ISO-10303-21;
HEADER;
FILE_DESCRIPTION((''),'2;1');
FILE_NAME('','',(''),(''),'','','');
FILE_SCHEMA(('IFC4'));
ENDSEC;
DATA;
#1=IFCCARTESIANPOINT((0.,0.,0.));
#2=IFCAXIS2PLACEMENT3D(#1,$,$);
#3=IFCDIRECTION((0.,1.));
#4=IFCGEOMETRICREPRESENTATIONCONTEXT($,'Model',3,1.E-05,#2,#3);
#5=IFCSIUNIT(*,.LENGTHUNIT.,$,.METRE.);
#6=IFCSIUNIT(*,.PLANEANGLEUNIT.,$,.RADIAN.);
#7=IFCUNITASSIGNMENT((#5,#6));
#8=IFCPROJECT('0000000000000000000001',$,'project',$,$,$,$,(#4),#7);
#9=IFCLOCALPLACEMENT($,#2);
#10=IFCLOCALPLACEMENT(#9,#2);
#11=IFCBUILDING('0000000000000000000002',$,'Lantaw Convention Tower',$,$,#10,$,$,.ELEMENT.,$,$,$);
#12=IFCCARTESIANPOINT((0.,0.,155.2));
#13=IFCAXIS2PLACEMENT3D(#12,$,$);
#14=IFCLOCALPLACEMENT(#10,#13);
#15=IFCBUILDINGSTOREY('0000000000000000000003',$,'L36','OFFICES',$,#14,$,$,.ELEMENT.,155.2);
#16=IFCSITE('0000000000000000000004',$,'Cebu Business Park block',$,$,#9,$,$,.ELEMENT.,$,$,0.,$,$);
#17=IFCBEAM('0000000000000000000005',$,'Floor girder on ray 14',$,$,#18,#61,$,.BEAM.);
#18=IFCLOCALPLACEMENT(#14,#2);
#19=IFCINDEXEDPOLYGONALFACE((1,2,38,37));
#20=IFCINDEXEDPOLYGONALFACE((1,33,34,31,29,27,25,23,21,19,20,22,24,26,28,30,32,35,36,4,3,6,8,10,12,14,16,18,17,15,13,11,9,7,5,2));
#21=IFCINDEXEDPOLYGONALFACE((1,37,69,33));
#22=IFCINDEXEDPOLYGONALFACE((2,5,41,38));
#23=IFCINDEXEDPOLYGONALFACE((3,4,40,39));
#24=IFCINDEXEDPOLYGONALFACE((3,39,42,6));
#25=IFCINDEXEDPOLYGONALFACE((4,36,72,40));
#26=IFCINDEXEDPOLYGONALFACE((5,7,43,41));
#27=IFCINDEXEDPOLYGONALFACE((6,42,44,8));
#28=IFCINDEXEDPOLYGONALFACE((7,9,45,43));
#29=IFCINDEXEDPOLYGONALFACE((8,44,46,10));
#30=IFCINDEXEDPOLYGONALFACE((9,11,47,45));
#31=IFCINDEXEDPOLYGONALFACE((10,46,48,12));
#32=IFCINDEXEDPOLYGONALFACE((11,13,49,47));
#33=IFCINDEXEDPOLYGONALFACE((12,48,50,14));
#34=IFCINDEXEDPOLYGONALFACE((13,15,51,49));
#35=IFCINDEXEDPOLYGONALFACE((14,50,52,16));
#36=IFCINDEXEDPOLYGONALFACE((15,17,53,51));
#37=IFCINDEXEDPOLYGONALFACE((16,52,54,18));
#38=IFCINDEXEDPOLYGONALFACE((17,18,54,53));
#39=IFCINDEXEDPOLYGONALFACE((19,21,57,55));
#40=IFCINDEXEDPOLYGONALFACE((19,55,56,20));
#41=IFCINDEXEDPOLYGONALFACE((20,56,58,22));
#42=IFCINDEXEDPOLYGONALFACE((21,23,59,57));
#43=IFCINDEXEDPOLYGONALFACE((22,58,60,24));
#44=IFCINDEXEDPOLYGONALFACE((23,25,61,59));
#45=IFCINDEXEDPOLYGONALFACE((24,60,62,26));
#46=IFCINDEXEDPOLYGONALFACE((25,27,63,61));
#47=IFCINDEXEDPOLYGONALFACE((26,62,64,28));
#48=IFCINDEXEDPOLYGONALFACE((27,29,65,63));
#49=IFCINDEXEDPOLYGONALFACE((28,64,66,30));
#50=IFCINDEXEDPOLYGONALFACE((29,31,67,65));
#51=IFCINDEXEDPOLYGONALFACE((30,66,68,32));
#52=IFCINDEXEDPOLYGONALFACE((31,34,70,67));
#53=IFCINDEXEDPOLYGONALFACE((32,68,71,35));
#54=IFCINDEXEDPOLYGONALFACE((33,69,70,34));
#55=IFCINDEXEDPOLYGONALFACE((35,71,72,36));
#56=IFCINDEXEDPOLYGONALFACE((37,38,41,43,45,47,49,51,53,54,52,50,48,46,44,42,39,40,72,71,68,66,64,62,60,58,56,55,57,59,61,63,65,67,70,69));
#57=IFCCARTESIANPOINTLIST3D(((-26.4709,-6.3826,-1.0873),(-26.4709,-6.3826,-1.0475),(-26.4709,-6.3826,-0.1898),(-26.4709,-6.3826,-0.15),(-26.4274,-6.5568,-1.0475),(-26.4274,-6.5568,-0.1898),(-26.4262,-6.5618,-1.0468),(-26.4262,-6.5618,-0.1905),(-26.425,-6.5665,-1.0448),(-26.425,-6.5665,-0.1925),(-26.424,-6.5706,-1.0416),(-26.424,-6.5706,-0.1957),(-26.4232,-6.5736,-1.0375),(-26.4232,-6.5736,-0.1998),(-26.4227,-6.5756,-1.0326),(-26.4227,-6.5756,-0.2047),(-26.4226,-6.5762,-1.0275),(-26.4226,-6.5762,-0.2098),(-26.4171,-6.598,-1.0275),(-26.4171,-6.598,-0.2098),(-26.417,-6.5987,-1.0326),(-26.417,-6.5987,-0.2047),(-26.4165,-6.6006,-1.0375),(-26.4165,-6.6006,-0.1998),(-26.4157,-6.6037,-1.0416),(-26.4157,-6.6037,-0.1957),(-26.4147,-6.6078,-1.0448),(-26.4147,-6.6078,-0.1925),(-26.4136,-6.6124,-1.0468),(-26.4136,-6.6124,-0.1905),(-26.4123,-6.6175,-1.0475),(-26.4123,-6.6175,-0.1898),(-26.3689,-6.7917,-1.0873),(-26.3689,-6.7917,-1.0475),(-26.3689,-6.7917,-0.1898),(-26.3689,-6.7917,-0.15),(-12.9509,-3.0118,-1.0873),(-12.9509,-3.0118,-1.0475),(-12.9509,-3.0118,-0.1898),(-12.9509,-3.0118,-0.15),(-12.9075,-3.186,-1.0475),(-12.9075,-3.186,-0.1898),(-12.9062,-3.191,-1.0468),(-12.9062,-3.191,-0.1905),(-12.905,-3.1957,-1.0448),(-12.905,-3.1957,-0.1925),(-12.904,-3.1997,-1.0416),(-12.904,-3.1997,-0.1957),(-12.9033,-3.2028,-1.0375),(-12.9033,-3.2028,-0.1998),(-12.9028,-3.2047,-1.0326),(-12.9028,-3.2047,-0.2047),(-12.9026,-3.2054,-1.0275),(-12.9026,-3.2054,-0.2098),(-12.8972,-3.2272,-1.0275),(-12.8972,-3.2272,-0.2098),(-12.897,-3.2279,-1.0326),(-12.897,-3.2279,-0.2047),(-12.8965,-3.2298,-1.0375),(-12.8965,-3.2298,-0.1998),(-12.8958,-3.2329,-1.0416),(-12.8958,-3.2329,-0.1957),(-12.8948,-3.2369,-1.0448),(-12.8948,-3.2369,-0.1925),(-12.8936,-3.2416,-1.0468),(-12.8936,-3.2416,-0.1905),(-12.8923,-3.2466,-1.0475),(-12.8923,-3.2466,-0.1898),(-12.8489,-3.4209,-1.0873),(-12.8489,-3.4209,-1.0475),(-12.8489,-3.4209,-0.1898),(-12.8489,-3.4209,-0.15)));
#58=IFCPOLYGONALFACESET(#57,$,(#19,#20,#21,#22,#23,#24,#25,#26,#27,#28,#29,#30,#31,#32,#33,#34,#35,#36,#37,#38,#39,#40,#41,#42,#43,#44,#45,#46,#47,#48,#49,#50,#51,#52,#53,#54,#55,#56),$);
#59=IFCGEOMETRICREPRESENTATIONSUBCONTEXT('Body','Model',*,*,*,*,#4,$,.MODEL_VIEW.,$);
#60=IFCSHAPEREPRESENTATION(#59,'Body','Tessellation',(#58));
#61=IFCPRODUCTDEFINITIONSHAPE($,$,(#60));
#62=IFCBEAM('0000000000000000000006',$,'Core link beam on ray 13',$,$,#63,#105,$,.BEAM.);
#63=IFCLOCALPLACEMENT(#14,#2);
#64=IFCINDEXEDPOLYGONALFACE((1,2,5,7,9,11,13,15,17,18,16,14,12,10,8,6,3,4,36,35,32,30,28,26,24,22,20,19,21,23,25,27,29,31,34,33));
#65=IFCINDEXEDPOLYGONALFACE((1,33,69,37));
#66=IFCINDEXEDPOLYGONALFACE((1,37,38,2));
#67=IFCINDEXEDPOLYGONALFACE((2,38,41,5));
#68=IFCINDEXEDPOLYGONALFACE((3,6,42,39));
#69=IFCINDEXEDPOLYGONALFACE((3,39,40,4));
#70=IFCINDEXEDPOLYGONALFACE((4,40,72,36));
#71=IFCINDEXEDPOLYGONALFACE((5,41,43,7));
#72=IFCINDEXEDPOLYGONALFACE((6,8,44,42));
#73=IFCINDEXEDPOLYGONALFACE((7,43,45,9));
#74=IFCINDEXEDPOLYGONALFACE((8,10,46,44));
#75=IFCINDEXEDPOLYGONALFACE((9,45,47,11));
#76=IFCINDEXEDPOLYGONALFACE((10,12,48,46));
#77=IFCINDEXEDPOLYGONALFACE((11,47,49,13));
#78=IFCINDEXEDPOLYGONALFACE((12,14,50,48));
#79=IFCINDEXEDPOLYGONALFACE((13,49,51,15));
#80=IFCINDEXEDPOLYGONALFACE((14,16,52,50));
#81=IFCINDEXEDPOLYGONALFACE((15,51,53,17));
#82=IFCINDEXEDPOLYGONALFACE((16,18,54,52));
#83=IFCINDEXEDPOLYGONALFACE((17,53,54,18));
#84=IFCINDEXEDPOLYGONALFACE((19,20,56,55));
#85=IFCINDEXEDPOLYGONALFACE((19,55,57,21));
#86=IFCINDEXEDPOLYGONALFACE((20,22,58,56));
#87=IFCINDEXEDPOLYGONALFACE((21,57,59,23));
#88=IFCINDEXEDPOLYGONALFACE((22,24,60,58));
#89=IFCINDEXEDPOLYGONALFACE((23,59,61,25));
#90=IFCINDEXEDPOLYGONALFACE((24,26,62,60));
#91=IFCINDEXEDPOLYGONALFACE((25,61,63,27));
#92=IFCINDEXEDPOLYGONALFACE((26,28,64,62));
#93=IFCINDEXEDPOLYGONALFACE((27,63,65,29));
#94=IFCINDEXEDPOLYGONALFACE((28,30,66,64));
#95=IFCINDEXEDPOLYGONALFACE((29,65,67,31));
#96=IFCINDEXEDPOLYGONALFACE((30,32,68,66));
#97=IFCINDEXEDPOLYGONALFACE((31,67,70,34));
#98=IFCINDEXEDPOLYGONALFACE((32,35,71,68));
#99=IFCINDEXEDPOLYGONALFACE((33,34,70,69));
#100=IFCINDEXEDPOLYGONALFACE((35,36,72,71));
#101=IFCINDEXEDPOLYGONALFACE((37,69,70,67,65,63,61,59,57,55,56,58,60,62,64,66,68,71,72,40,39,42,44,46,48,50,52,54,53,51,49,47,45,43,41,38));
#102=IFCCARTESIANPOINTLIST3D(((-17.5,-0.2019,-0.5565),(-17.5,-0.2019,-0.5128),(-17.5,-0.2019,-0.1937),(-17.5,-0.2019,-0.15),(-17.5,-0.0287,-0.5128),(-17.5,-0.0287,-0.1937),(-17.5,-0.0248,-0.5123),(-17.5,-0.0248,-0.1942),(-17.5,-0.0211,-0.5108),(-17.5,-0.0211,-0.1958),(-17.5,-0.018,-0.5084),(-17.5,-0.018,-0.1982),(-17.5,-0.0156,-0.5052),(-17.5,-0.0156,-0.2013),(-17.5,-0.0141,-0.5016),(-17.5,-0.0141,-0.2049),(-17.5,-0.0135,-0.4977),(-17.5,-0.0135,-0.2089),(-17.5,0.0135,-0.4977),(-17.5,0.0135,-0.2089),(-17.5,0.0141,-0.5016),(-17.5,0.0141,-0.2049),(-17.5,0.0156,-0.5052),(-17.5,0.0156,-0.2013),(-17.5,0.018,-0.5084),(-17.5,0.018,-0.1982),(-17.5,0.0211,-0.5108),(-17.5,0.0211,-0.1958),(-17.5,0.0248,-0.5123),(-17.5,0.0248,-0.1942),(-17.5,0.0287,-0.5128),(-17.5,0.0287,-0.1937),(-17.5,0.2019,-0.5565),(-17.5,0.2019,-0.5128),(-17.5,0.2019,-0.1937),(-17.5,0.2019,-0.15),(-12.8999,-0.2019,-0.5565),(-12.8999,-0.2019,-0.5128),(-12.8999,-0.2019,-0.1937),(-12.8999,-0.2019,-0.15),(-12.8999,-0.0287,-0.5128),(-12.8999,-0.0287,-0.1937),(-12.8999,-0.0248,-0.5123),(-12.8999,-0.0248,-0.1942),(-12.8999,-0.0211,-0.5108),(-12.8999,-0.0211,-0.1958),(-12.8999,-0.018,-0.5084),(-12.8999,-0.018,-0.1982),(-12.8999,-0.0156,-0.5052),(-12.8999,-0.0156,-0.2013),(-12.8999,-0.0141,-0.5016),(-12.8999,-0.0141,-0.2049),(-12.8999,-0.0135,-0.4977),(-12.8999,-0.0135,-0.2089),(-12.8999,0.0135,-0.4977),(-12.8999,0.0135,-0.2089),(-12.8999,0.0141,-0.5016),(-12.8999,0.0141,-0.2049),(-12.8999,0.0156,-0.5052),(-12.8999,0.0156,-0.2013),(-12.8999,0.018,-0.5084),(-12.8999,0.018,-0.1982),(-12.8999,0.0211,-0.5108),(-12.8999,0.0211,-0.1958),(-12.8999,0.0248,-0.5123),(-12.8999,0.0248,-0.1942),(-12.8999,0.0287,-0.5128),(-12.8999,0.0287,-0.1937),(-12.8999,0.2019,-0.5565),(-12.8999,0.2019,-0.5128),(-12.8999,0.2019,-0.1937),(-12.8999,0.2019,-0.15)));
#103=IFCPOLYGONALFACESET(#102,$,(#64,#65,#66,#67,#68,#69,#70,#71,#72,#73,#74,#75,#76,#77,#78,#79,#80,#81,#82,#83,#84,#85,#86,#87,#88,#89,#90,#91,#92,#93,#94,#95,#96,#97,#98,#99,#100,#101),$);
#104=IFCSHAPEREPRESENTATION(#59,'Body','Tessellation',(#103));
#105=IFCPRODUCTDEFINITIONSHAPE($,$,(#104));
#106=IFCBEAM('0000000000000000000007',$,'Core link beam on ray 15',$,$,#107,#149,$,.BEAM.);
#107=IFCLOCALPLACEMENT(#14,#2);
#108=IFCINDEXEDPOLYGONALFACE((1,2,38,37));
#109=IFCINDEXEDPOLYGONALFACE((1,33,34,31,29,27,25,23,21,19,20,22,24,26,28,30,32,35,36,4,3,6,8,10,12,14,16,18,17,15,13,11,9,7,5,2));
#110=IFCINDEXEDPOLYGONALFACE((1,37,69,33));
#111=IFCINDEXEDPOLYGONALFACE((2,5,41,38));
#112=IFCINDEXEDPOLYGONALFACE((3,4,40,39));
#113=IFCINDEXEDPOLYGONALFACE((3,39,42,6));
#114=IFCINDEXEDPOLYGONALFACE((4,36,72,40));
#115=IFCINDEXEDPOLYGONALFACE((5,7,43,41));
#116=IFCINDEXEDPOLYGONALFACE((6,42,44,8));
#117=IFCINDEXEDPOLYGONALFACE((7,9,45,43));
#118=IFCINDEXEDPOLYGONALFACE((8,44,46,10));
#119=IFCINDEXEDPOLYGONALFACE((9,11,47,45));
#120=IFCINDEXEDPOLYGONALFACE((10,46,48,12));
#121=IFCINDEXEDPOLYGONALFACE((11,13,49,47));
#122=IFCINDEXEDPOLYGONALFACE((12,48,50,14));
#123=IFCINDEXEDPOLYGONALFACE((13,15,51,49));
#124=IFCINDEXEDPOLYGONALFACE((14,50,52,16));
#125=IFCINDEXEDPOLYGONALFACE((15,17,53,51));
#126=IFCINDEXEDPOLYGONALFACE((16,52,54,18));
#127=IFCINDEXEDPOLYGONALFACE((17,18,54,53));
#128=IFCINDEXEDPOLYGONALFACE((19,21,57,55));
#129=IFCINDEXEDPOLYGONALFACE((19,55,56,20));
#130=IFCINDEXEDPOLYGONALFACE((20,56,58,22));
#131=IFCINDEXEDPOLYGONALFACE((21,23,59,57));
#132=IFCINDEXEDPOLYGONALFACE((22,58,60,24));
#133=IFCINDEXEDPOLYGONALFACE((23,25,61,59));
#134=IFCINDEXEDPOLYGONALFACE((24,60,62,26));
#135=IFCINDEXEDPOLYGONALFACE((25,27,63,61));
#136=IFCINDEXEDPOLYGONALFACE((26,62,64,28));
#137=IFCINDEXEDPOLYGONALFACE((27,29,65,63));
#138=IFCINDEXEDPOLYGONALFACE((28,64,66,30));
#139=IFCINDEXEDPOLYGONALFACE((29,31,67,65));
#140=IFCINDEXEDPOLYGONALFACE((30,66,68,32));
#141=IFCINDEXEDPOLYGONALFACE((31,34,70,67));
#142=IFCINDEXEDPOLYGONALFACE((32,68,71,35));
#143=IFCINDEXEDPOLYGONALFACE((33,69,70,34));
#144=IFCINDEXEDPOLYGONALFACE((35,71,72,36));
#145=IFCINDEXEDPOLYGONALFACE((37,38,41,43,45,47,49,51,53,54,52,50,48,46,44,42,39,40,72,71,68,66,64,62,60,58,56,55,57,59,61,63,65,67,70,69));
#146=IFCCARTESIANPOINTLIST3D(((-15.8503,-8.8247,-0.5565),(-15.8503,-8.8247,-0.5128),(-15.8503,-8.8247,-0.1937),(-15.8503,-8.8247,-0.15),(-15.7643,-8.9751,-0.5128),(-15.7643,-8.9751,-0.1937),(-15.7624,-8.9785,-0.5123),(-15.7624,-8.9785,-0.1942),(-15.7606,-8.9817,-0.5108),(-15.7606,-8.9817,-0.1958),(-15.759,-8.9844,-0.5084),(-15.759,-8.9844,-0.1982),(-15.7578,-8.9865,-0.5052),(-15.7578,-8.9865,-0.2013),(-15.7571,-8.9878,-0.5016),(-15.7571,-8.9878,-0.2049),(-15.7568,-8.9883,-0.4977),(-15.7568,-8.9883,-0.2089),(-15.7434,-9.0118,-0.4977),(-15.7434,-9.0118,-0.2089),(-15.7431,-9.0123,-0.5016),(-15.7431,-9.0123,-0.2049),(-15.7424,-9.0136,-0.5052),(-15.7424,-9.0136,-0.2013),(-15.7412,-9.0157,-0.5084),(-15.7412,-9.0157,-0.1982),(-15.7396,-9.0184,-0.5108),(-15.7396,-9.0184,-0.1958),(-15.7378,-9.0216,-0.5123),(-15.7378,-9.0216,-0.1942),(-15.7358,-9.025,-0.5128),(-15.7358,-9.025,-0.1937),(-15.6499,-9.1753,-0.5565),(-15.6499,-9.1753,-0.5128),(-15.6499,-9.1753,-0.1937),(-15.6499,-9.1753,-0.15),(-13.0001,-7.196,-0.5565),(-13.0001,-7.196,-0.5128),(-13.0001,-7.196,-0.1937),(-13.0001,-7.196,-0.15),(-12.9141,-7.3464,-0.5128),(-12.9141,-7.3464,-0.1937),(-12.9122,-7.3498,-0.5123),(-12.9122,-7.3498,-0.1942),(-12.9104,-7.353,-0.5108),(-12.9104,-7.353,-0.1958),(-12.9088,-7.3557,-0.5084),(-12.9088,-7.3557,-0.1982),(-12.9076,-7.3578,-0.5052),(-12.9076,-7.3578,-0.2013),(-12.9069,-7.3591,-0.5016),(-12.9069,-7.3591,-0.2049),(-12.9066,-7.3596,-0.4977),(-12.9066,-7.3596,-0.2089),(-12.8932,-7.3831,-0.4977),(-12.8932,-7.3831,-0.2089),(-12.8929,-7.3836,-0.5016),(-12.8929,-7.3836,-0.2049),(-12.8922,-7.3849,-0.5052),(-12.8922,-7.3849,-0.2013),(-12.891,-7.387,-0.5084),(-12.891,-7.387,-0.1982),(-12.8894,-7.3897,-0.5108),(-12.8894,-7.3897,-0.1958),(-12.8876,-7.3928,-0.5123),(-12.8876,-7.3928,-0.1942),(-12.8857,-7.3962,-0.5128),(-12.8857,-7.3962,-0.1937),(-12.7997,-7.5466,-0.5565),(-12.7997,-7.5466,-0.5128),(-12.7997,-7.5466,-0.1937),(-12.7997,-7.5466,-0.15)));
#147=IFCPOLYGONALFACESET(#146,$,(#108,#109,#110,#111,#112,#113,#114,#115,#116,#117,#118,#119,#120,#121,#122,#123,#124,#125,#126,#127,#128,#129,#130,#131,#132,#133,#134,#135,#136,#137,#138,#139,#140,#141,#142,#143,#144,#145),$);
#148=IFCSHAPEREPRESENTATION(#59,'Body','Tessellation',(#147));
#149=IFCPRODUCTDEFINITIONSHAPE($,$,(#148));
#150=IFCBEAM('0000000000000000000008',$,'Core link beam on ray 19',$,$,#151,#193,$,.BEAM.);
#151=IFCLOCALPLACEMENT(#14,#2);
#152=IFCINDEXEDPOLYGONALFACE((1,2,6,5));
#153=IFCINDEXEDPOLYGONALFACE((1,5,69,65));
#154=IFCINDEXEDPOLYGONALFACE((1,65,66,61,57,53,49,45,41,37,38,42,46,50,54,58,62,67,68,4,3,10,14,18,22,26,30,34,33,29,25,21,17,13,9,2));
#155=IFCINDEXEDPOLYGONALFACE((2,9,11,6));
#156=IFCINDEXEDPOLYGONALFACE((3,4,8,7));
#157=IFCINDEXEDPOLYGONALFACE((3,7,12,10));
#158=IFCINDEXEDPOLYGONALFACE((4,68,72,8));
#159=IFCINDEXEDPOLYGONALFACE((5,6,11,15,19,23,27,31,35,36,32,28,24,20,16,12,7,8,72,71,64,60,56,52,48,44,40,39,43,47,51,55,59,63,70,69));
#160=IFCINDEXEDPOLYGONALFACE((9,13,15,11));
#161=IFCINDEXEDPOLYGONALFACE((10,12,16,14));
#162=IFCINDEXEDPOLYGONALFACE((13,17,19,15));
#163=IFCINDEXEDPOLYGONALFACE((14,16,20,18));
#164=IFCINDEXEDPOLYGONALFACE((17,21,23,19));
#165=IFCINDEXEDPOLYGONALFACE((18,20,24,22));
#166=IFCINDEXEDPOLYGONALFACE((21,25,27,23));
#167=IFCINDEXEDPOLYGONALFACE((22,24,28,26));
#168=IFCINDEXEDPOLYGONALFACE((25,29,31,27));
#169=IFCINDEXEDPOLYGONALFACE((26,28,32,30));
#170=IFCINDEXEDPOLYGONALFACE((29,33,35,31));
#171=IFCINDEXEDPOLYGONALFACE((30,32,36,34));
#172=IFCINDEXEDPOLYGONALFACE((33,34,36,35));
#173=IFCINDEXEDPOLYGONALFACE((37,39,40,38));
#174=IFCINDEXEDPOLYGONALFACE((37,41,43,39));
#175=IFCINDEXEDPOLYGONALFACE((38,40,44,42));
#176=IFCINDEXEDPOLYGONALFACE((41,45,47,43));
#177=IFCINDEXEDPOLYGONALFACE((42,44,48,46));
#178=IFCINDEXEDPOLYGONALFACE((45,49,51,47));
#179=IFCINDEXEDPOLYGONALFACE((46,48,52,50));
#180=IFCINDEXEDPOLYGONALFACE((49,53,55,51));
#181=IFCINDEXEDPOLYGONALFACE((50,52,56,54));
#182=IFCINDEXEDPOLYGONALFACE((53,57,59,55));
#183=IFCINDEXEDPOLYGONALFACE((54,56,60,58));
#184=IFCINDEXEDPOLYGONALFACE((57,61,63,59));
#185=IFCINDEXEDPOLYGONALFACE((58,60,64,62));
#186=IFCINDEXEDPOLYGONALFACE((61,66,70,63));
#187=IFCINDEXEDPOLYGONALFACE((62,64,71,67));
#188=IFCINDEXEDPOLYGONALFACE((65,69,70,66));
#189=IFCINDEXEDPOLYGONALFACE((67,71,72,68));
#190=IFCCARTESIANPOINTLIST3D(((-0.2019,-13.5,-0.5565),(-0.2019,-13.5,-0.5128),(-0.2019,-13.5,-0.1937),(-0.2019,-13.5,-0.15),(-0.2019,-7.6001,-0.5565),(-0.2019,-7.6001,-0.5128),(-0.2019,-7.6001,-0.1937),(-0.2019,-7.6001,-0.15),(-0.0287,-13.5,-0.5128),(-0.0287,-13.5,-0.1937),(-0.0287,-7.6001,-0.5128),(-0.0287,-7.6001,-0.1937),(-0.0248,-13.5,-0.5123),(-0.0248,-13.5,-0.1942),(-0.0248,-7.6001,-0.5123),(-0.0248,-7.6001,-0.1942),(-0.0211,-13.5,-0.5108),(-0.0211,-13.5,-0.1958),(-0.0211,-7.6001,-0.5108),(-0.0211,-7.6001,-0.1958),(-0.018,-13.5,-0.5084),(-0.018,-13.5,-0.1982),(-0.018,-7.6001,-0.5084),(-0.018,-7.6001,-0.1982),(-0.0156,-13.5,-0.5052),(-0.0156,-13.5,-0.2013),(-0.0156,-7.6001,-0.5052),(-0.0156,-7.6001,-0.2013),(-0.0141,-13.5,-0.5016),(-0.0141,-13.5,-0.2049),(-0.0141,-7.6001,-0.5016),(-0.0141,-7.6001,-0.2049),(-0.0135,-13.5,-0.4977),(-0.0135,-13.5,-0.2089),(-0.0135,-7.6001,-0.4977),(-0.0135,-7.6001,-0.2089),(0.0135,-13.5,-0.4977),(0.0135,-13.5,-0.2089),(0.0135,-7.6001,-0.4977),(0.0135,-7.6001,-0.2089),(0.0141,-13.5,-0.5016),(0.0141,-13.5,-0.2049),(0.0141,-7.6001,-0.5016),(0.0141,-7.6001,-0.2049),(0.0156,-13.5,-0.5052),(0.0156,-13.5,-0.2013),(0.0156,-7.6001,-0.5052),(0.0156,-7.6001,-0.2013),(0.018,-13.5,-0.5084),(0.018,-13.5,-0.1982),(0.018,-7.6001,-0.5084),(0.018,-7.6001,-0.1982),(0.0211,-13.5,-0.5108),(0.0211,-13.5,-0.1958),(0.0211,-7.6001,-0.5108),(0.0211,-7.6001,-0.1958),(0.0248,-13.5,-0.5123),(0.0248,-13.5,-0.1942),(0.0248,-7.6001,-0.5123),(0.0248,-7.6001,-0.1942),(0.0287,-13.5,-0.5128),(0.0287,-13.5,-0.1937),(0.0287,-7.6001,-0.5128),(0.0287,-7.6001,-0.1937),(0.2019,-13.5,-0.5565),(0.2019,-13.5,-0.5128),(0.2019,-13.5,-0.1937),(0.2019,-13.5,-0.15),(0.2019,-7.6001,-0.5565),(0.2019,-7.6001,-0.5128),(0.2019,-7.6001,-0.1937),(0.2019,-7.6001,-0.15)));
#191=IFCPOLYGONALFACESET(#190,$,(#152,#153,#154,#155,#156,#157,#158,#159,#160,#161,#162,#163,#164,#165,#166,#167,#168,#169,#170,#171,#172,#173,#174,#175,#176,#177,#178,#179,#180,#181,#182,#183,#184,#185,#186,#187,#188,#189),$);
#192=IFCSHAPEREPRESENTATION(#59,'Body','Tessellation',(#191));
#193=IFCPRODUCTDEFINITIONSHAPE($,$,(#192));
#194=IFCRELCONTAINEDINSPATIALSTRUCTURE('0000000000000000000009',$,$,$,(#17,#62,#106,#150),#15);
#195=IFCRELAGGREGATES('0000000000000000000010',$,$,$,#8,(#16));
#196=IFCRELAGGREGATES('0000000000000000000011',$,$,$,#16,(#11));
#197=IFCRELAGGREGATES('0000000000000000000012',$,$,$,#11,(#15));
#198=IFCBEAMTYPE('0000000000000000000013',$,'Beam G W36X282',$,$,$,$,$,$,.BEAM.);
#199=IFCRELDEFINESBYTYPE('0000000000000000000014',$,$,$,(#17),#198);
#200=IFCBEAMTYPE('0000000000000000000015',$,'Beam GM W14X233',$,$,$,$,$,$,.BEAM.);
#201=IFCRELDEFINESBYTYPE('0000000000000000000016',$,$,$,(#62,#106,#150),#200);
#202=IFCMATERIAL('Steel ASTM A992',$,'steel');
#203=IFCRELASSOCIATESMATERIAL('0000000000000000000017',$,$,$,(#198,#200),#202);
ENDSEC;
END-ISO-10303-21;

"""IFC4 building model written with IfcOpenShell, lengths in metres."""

from ifc_helpers import new_model, si_unit, direction, frame, origin, origin_2d, place, context, subcontext, project, spatial, i_section, extrude, material, material_profile, profile_set, type_object, element, save


model = new_model("IFC4")

# Units and contexts
model_context = context("Model", 3, precision=1e-05, world=origin(), true_north=direction((0.0, 1.0)))
body_context = subcontext(model_context, "Body", "Model", "MODEL_VIEW")
ifc_project = project(units=[si_unit("LENGTHUNIT", "METRE"), si_unit("PLANEANGLEUNIT", "RADIAN")], contexts=[model_context])

# Site, building, storey
site_placement = place(None, origin())
site = spatial("IfcSite", under=ifc_project, at=site_placement, Name="Cebu Business Park block", CompositionType="ELEMENT", RefElevation=0.0)
building_placement = place(site_placement, origin())
building = spatial("IfcBuilding", under=site, at=building_placement, Name="Lantaw Convention Tower", CompositionType="ELEMENT")
storey_placement = place(building_placement, frame((0.0, 0.0, 155.2)))
storey = spatial("IfcBuildingStorey", under=building, at=storey_placement, Name="L36", Description="OFFICES", CompositionType="ELEMENT", Elevation=155.2)

# Beams
ifc_material_1 = material(Name="Steel ASTM A992", Category="steel")
ifc_material_profile_1 = material_profile(ifc_material_1, i_section(OverallWidth=0.4216, OverallDepth=0.9373, WebThickness=0.0225, FlangeThickness=0.0398, FilletRadius=0.02, at=origin_2d()), Name="W36X282")
ifc_profile_set_1 = profile_set([ifc_material_profile_1], Name="Steel ASTM A992")
beam_type_1 = type_object("IfcBeamType", Name="Beam G W36X282", PredefinedType="BEAM", material=ifc_profile_set_1)
beam_1_placement = place(storey_placement, frame((-12.8999, -3.2163, -0.6187), z_axis=(-0.970297, -0.241917, 0.0), x_axis=(0.241917, -0.970297, 0.0)))
element("IfcBeam", 1, at=beam_1_placement, inside=storey, type_object=beam_type_1, Name="Floor girder on ray 14", PredefinedType="BEAM", context=body_context, shape_type="SweptSolid", body=[
    extrude(i_section(OverallWidth=0.4216, OverallDepth=0.9373, WebThickness=0.0225, FlangeThickness=0.0398, FilletRadius=0.02, at=origin_2d()), origin(), (0.0, 0.0, 1.0), 13.9338),
])
ifc_material_profile_2 = material_profile(ifc_material_1, i_section(OverallWidth=0.4038, OverallDepth=0.4065, WebThickness=0.0271, FlangeThickness=0.0437, FilletRadius=0.0151, at=origin_2d()), Name="W14X233")
ifc_profile_set_2 = profile_set([ifc_material_profile_2], Name="Steel ASTM A992")
beam_type_2 = type_object("IfcBeamType", Name="Beam GM W14X233", PredefinedType="BEAM", material=ifc_profile_set_2)
beam_2_placement = place(storey_placement, frame((-12.8999, 0.0, -0.3533), z_axis=(-1.0, 0.0, 0.0), x_axis=(0.0, -1.0, 0.0)))
element("IfcBeam", 2, at=beam_2_placement, inside=storey, type_object=beam_type_2, Name="Core link beam on ray 13", PredefinedType="BEAM", context=body_context, shape_type="SweptSolid", body=[
    extrude(i_section(OverallWidth=0.4038, OverallDepth=0.4065, WebThickness=0.0271, FlangeThickness=0.0437, FilletRadius=0.0151, at=origin_2d()), origin(), (0.0, 0.0, 1.0), 4.6001),
])
beam_3_placement = place(storey_placement, frame((-12.8999, -7.3713, -0.3533), z_axis=(-0.868239, -0.496147, 0.0), x_axis=(0.496147, -0.868239, 0.0)))
element("IfcBeam", 3, at=beam_3_placement, inside=storey, type_object=beam_type_2, Name="Core link beam on ray 15", PredefinedType="BEAM", context=body_context, shape_type="SweptSolid", body=[
    extrude(i_section(OverallWidth=0.4038, OverallDepth=0.4065, WebThickness=0.0271, FlangeThickness=0.0437, FilletRadius=0.0151, at=origin_2d()), origin(), (0.0, 0.0, 1.0), 3.2827),
])
beam_4_placement = place(storey_placement, frame((0.0, -7.6001, -0.3533), z_axis=(0.0, -1.0, 0.0), x_axis=(1.0, 0.0, 0.0)))
element("IfcBeam", 4, at=beam_4_placement, inside=storey, type_object=beam_type_2, Name="Core link beam on ray 19", PredefinedType="BEAM", context=body_context, shape_type="SweptSolid", body=[
    extrude(i_section(OverallWidth=0.4038, OverallDepth=0.4065, WebThickness=0.0271, FlangeThickness=0.0437, FilletRadius=0.0151, at=origin_2d()), origin(), (0.0, 0.0, 1.0), 5.8999),
])

save(model, "model.ifc")
